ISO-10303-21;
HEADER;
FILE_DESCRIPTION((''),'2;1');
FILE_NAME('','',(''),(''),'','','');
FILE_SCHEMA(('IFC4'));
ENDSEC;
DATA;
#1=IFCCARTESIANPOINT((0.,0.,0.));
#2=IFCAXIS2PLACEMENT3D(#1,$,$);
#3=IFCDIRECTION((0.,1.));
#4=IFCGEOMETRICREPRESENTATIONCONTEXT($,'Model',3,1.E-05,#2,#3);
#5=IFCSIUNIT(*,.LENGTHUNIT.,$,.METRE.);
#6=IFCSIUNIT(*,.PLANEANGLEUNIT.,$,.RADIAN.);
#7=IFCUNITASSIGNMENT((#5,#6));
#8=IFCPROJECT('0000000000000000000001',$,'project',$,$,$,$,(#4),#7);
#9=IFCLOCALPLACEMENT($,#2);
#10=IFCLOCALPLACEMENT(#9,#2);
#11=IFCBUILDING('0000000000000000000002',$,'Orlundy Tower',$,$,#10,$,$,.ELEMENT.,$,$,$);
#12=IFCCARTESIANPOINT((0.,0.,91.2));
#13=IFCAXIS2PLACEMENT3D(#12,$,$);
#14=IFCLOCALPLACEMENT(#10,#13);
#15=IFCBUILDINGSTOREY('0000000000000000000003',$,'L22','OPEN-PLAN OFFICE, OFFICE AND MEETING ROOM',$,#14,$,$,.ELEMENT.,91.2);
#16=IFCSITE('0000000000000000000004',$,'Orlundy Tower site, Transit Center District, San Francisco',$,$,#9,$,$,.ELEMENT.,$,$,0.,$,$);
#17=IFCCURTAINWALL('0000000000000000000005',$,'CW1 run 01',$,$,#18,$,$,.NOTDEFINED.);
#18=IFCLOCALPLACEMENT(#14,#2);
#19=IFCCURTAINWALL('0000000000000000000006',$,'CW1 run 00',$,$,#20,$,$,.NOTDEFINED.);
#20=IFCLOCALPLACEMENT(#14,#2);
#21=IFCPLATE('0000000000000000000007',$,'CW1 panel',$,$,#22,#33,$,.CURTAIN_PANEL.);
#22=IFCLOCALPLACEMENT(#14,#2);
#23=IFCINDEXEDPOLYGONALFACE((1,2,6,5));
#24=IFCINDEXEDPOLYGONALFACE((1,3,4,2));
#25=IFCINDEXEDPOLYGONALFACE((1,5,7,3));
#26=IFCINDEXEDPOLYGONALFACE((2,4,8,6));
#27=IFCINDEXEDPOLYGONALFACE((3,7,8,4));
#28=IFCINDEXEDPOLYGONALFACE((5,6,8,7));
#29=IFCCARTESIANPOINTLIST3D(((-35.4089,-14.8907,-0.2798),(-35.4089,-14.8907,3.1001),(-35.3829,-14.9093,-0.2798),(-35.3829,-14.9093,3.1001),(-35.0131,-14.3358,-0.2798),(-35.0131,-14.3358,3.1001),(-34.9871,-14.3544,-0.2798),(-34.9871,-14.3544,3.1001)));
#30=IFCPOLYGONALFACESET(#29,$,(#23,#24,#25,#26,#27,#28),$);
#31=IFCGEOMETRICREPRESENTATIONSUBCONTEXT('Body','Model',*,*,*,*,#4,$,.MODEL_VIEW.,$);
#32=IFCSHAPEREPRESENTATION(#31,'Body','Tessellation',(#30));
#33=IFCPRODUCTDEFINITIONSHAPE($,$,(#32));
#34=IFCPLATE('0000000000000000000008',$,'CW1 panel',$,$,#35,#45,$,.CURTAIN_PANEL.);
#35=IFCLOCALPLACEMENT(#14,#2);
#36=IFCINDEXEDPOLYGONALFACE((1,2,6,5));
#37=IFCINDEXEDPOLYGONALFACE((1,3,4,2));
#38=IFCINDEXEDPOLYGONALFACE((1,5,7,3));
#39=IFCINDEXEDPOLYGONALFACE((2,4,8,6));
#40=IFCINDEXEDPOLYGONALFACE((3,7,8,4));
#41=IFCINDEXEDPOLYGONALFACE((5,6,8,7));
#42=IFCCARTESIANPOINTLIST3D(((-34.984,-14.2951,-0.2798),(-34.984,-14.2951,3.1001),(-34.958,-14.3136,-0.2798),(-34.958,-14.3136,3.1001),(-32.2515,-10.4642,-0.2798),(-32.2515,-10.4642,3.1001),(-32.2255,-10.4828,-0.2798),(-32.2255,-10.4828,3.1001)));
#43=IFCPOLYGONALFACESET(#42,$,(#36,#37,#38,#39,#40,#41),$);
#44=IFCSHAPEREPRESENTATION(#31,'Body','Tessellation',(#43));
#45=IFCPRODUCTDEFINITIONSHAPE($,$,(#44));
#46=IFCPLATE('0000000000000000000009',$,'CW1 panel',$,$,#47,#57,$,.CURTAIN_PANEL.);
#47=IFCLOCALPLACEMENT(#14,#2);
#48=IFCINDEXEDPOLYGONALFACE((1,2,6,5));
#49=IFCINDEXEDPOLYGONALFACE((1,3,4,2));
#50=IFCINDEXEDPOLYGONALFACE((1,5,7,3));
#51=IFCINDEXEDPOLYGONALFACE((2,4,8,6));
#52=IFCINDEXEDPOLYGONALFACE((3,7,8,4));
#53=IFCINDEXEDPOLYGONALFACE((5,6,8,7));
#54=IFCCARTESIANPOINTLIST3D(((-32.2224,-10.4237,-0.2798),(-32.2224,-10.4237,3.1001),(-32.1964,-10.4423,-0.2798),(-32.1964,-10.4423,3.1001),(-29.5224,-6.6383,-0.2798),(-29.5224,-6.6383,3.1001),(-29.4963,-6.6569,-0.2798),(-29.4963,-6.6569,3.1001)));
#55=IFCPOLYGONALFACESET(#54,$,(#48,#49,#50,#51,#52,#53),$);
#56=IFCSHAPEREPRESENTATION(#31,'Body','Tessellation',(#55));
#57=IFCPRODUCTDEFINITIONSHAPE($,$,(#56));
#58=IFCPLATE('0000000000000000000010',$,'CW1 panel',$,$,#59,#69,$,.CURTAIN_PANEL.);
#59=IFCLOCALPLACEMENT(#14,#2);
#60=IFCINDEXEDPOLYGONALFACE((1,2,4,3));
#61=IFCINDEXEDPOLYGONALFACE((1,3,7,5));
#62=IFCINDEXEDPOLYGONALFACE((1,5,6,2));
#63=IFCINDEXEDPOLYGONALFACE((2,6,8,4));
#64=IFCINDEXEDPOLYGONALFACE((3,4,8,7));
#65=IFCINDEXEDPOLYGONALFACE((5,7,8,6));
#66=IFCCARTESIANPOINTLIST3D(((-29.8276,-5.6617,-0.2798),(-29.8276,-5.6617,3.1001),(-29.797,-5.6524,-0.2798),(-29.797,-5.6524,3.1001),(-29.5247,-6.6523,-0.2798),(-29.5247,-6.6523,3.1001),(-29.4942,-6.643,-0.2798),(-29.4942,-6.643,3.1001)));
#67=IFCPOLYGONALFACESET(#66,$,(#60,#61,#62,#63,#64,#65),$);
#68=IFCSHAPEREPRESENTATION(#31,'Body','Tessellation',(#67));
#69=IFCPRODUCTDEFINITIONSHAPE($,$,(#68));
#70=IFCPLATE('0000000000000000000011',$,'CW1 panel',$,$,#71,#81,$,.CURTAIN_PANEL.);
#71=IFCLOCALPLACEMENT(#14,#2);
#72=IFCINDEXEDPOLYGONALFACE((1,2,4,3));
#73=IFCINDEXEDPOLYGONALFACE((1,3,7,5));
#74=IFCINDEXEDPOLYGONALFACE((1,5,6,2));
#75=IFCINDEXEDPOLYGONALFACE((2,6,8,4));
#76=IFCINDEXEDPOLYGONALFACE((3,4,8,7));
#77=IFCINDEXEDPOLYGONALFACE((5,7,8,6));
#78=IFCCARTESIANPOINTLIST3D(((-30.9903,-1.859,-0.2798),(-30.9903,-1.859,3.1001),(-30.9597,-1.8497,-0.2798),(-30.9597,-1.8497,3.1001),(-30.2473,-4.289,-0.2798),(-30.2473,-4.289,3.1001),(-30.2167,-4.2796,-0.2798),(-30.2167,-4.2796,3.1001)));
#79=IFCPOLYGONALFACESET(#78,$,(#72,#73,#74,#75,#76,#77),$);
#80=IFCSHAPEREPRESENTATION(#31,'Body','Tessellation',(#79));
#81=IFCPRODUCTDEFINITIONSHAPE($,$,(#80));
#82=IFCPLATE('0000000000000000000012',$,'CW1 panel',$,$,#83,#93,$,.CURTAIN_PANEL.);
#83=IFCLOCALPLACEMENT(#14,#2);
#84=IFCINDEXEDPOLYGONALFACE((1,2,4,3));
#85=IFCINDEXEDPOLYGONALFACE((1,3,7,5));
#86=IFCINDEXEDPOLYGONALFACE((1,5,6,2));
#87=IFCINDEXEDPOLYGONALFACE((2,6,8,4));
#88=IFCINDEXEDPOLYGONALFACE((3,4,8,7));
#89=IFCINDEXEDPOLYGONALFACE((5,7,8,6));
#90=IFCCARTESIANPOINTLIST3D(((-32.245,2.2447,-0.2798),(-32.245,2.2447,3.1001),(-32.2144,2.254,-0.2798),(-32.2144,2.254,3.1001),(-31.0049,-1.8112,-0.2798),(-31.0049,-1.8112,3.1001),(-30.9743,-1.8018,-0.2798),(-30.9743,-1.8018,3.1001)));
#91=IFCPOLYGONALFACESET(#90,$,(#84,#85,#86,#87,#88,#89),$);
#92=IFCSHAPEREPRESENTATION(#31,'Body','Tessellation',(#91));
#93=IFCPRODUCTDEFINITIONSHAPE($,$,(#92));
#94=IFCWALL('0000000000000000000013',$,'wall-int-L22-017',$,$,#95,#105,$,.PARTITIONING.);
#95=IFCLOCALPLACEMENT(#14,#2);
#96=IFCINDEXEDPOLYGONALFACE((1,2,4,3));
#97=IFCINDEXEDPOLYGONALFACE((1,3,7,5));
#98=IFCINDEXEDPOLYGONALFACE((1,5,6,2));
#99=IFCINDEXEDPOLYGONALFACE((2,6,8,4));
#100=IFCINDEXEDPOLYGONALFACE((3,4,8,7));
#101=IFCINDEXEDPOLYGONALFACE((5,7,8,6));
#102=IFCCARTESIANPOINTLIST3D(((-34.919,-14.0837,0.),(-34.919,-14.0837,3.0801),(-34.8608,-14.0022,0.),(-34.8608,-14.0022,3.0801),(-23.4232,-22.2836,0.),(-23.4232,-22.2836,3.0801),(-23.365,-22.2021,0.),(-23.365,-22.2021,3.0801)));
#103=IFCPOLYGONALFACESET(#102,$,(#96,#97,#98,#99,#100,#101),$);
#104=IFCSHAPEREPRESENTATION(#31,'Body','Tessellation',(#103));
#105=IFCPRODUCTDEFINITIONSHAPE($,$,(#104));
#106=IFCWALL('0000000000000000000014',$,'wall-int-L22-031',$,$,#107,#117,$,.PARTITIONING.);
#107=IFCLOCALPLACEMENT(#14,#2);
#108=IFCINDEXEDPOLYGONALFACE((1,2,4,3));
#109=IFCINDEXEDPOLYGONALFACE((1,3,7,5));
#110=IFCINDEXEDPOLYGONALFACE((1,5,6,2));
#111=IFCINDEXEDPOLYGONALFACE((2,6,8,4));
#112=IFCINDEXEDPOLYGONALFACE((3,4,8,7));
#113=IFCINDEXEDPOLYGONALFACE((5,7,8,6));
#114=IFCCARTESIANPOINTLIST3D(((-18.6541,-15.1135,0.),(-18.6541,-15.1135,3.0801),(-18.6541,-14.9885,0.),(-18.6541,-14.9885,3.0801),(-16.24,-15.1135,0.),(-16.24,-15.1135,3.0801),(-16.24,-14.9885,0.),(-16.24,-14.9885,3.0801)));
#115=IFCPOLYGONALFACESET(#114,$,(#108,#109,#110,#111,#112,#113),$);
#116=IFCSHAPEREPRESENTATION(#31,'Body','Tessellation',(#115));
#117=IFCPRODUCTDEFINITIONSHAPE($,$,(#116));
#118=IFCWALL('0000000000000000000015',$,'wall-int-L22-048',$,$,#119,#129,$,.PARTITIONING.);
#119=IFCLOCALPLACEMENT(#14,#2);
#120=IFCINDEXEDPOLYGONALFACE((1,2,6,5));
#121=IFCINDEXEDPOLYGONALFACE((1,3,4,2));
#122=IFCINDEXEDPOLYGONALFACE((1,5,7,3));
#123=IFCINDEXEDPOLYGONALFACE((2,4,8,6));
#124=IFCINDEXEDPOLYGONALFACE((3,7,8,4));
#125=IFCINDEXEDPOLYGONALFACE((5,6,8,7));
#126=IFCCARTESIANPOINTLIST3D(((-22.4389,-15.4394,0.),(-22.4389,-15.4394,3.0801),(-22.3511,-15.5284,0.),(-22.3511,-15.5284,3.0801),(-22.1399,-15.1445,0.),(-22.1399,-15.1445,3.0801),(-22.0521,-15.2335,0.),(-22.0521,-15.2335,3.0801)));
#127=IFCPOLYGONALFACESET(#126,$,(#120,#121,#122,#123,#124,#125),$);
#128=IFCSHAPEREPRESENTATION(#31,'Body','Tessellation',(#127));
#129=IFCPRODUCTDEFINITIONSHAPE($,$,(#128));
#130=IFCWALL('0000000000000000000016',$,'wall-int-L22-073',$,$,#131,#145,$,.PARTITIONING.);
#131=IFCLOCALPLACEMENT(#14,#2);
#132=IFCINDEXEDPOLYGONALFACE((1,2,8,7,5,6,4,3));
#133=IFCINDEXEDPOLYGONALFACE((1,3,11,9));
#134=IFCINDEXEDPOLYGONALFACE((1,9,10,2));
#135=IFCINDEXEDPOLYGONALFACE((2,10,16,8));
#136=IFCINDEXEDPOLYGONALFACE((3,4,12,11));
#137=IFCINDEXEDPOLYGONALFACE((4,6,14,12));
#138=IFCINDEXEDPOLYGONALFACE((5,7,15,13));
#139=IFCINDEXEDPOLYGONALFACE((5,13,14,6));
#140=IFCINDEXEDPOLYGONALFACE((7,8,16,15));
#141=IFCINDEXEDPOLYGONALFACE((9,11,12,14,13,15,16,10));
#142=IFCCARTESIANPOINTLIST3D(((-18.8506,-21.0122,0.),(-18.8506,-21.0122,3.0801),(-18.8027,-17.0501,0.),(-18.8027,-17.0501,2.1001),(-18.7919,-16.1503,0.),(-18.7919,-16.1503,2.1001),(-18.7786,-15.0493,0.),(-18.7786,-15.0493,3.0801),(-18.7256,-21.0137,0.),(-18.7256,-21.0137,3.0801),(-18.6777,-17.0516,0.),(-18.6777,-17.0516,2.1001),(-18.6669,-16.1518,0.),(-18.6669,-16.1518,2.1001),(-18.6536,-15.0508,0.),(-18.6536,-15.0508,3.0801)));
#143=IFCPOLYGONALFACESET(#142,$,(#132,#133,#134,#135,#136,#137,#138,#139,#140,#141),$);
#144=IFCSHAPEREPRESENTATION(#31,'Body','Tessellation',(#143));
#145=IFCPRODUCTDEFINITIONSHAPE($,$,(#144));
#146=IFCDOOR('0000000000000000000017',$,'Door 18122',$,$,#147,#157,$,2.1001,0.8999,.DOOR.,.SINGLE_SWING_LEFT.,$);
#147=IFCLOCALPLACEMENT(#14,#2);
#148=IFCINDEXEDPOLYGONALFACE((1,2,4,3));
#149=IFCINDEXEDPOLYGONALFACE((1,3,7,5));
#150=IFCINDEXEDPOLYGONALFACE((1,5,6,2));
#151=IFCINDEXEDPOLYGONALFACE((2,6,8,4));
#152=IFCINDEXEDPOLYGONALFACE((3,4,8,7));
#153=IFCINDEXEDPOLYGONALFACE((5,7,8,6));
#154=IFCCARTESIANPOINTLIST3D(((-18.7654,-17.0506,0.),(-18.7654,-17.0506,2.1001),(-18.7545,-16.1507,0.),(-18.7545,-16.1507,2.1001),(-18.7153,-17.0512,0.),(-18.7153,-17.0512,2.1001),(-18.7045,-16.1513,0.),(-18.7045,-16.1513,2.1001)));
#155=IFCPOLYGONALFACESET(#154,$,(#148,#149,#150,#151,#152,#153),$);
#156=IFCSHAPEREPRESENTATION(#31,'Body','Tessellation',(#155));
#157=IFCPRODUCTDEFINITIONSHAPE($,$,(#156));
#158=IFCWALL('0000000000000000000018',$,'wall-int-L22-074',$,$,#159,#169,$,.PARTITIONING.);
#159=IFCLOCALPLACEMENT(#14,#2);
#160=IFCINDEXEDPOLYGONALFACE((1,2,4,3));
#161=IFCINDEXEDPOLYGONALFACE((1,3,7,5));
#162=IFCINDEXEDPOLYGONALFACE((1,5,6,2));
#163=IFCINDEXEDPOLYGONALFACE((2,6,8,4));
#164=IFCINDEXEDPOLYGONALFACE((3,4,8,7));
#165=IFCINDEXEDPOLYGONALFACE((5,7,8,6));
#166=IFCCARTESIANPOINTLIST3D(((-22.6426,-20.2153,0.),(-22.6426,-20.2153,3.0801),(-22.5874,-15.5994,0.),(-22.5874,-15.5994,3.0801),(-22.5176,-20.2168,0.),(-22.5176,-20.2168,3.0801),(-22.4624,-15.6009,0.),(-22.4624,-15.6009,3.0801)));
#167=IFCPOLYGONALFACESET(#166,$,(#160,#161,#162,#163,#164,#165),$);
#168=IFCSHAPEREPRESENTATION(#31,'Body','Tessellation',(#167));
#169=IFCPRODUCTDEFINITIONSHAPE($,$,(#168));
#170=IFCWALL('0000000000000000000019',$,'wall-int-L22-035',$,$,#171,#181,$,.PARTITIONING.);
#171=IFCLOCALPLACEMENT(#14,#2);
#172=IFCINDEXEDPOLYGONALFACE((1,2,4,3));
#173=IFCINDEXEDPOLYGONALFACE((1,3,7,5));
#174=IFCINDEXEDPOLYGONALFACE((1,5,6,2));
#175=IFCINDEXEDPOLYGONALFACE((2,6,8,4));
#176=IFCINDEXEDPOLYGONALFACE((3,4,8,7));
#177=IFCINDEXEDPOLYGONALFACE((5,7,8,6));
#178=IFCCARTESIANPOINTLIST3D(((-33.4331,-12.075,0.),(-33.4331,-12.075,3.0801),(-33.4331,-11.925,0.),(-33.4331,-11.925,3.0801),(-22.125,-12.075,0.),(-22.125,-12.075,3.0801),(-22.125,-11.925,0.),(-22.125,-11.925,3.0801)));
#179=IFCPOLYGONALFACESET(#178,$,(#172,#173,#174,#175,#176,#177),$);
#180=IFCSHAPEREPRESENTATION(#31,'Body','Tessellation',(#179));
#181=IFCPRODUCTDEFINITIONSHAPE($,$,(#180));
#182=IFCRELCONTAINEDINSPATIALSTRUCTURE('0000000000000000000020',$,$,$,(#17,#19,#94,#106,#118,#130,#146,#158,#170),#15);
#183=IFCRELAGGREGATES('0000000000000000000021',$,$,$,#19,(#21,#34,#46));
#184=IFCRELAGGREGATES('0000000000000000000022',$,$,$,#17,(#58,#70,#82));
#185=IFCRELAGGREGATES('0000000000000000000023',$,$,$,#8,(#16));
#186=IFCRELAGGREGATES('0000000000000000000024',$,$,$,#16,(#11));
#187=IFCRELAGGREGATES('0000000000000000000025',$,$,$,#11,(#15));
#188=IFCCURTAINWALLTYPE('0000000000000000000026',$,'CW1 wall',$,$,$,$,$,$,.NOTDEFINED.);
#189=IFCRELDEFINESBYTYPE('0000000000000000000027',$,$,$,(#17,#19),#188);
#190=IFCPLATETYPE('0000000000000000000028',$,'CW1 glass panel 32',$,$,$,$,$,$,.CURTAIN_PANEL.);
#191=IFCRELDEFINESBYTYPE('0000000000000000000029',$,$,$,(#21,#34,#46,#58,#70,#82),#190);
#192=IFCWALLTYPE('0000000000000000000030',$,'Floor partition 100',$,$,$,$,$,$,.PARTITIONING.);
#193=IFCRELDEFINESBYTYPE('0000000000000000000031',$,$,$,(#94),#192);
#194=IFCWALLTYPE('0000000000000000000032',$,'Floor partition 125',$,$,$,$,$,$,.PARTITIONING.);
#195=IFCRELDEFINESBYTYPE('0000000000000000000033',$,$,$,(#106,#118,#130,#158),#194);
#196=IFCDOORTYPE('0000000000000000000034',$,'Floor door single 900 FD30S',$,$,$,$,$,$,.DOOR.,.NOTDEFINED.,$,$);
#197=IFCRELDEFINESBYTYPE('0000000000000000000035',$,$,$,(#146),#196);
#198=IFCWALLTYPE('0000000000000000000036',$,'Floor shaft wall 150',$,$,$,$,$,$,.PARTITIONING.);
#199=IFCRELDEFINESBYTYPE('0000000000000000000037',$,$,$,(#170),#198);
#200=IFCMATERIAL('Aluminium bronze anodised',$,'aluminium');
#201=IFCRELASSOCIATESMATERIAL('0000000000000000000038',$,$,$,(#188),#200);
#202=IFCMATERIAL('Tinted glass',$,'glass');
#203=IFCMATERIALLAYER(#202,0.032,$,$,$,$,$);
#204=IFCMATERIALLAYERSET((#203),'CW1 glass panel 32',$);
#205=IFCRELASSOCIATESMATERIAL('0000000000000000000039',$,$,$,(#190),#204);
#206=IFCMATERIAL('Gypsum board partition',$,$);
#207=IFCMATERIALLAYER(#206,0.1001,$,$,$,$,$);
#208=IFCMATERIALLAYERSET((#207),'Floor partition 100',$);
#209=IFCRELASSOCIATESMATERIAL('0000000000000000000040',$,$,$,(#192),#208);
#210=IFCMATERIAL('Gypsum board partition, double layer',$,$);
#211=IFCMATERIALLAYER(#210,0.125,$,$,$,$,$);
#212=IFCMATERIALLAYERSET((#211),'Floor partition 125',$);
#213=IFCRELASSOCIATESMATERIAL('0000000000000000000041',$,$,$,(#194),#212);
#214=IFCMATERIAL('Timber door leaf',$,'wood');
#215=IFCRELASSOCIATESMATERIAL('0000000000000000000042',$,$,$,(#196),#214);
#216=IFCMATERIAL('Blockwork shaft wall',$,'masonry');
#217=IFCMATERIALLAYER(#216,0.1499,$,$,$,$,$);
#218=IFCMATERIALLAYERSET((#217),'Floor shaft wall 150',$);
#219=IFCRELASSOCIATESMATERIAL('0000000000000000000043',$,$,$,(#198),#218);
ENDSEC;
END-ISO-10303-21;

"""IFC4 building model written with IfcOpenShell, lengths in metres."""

from ifc_helpers import new_model, si_unit, direction, frame, frame_2d, origin, origin_2d, place, context, subcontext, project, spatial, rectangle, extrude, material, layer, layer_set, type_object, element, fill, aggregate, save


model = new_model("IFC4")

# Units and contexts
model_context = context("Model", 3, precision=1e-05, world=origin(), true_north=direction((0.0, 1.0)))
body_context = subcontext(model_context, "Body", "Model", "MODEL_VIEW")
ifc_project = project(units=[si_unit("LENGTHUNIT", "METRE"), si_unit("PLANEANGLEUNIT", "RADIAN")], contexts=[model_context])

# Site, building, storey
site_placement = place(None, origin())
site = spatial("IfcSite", under=ifc_project, at=site_placement, Name="Orlundy Tower site, Transit Center District, San Francisco", CompositionType="ELEMENT", RefElevation=0.0)
building_placement = place(site_placement, origin())
building = spatial("IfcBuilding", under=site, at=building_placement, Name="Orlundy Tower", CompositionType="ELEMENT")
storey_placement = place(building_placement, frame((0.0, 0.0, 91.2)))
storey = spatial("IfcBuildingStorey", under=building, at=storey_placement, Name="L22", Description="OPEN-PLAN OFFICE, OFFICE AND MEETING ROOM", CompositionType="ELEMENT", Elevation=91.2)

# Curtain wall
ifc_material_1 = material(Name="Aluminium bronze anodised", Category="aluminium")
curtain_wall_type = type_object("IfcCurtainWallType", Name="CW1 wall", PredefinedType="NOTDEFINED", material=ifc_material_1)
curtain_wall_1_placement = place(storey_placement, origin())
curtain_wall_1 = element("IfcCurtainWall", 1, at=curtain_wall_1_placement, inside=storey, type_object=curtain_wall_type, Name="CW1 run 01", PredefinedType="NOTDEFINED")

# Curtain wall
curtain_wall_2_placement = place(storey_placement, origin())
curtain_wall_2 = element("IfcCurtainWall", 2, at=curtain_wall_2_placement, inside=storey, type_object=curtain_wall_type, Name="CW1 run 00", PredefinedType="NOTDEFINED")

# Plates
ifc_material_2 = material(Name="Tinted glass", Category="glass")
ifc_layer_1 = layer(ifc_material_2, 0.032)
ifc_layer_set_1 = layer_set([ifc_layer_1], Name="CW1 glass panel 32")
plate_type = type_object("IfcPlateType", Name="CW1 glass panel 32", PredefinedType="CURTAIN_PANEL", material=ifc_layer_set_1)
plate_1_placement = place(storey_placement, frame((-35.198, -14.6226, -0.2798), z_axis=(0.0, 0.0, 1.0), x_axis=(0.580701, 0.814117, 0.0)))
plate_1 = element("IfcPlate", 3, at=plate_1_placement, type_object=plate_type, Name="CW1 panel", PredefinedType="CURTAIN_PANEL", context=body_context, shape_type="SweptSolid", body=[
    extrude(rectangle(XDim=0.6816, YDim=0.032, at=origin_2d()), origin(), (0.0, 0.0, 1.0), 3.3799),
])
plate_2_placement = place(storey_placement, frame((-33.6047, -12.3889, -0.2798), z_axis=(0.0, 0.0, 1.0), x_axis=(0.580701, 0.814117, 0.0)))
plate_2 = element("IfcPlate", 4, at=plate_2_placement, type_object=plate_type, Name="CW1 panel", PredefinedType="CURTAIN_PANEL", context=body_context, shape_type="SweptSolid", body=[
    extrude(rectangle(XDim=4.7056, YDim=0.032, at=origin_2d()), origin(), (0.0, 0.0, 1.0), 3.3799),
])
plate_3_placement = place(storey_placement, frame((-30.8594, -8.5403, -0.2798), z_axis=(0.0, 0.0, 1.0), x_axis=(0.580701, 0.814117, 0.0)))
plate_3 = element("IfcPlate", 5, at=plate_3_placement, type_object=plate_type, Name="CW1 panel", PredefinedType="CURTAIN_PANEL", context=body_context, shape_type="SweptSolid", body=[
    extrude(rectangle(XDim=4.6497, YDim=0.032, at=origin_2d()), origin(), (0.0, 0.0, 1.0), 3.3799),
])
aggregate(curtain_wall_2, [plate_1, plate_2, plate_3])
plate_4_placement = place(storey_placement, frame((-29.6609, -6.1523, -0.2798), z_axis=(0.0, 0.0, 1.0), x_axis=(-0.29239, 0.956299, 0.0)))
plate_4 = element("IfcPlate", 6, at=plate_4_placement, type_object=plate_type, Name="CW1 panel", PredefinedType="CURTAIN_PANEL", context=body_context, shape_type="SweptSolid", body=[
    extrude(rectangle(XDim=1.0359, YDim=0.032, at=origin_2d()), origin(), (0.0, 0.0, 1.0), 3.3799),
])
plate_5_placement = place(storey_placement, frame((-30.6035, -3.0693, -0.2798), z_axis=(0.0, 0.0, 1.0), x_axis=(-0.29239, 0.956299, 0.0)))
plate_5 = element("IfcPlate", 7, at=plate_5_placement, type_object=plate_type, Name="CW1 panel", PredefinedType="CURTAIN_PANEL", context=body_context, shape_type="SweptSolid", body=[
    extrude(rectangle(XDim=2.541, YDim=0.032, at=origin_2d()), origin(), (0.0, 0.0, 1.0), 3.3799),
])
plate_6_placement = place(storey_placement, frame((-31.6096, 0.2214, -0.2798), z_axis=(0.0, 0.0, 1.0), x_axis=(-0.29239, 0.956299, 0.0)))
plate_6 = element("IfcPlate", 8, at=plate_6_placement, type_object=plate_type, Name="CW1 panel", PredefinedType="CURTAIN_PANEL", context=body_context, shape_type="SweptSolid", body=[
    extrude(rectangle(XDim=4.2412, YDim=0.032, at=origin_2d()), origin(), (0.0, 0.0, 1.0), 3.3799),
])
aggregate(curtain_wall_1, [plate_4, plate_5, plate_6])

# Walls
ifc_material_3 = material(Name="Gypsum board partition")
ifc_layer_2 = layer(ifc_material_3, 0.1001)
ifc_layer_set_2 = layer_set([ifc_layer_2], Name="Floor partition 100")
wall_type_1 = type_object("IfcWallType", Name="Floor partition 100", PredefinedType="PARTITIONING", material=ifc_layer_set_2)
wall_1_placement = place(storey_placement, frame((-34.8899, -14.043, 0.0), z_axis=(0.0, 0.0, 1.0), x_axis=(0.814114, -0.580705, 0.0)))
element("IfcWall", 9, at=wall_1_placement, inside=storey, type_object=wall_type_1, Name="wall-int-L22-017", PredefinedType="PARTITIONING", context=body_context, shape_type="SweptSolid", body=[
    extrude(rectangle(XDim=14.1206, YDim=0.1001, at=frame_2d((7.0603, 0.0))), origin(), (0.0, 0.0, 1.0), 3.0801),
])
ifc_material_4 = material(Name="Gypsum board partition, double layer")
ifc_layer_3 = layer(ifc_material_4, 0.125)
ifc_layer_set_3 = layer_set([ifc_layer_3], Name="Floor partition 125")
wall_type_2 = type_object("IfcWallType", Name="Floor partition 125", PredefinedType="PARTITIONING", material=ifc_layer_set_3)
wall_2_placement = place(storey_placement, frame((-18.6541, -15.051, 0.0), z_axis=(0.0, 0.0, 1.0), x_axis=(1.0, 0.0, 0.0)))
element("IfcWall", 10, at=wall_2_placement, inside=storey, type_object=wall_type_2, Name="wall-int-L22-031", PredefinedType="PARTITIONING", context=body_context, shape_type="SweptSolid", body=[
    extrude(rectangle(XDim=2.4141, YDim=0.125, at=frame_2d((1.207, 0.0))), origin(), (0.0, 0.0, 1.0), 3.0801),
])
wall_3_placement = place(storey_placement, frame((-22.395, -15.4839, 0.0), z_axis=(0.0, 0.0, 1.0), x_axis=(0.71203, 0.702149, 0.0)))
element("IfcWall", 11, at=wall_3_placement, inside=storey, type_object=wall_type_2, Name="wall-int-L22-048", PredefinedType="PARTITIONING", context=body_context, shape_type="SweptSolid", body=[
    extrude(rectangle(XDim=0.4199, YDim=0.125, at=frame_2d((0.21, 0.0))), origin(), (0.0, 0.0, 1.0), 3.0801),
])

# Wall, opening, door
wall_4_placement = place(storey_placement, frame((-18.7161, -15.05, 0.0), z_axis=(0.0, 0.0, 1.0), x_axis=(-0.012077, -0.999927, 0.0)))
wall_4 = element("IfcWall", 12, at=wall_4_placement, inside=storey, type_object=wall_type_2, Name="wall-int-L22-073", PredefinedType="PARTITIONING", context=body_context, shape_type="SweptSolid", body=[
    extrude(rectangle(XDim=5.9634, YDim=0.125, at=frame_2d((2.9817, 0.0))), origin(), (0.0, 0.0, 1.0), 3.0801),
])
opening_1_placement = place(wall_4_placement, frame((1.1011, 0.0, 0.0)))
opening_1 = element("IfcOpeningElement", 13, at=opening_1_placement, cuts=wall_4, PredefinedType="OPENING", context=body_context, shape_type="SweptSolid", body=[
    extrude(rectangle(XDim=0.8999, YDim=2.1001, at=frame_2d((0.45, 1.05))), frame((0.0, 0.0725, 0.0), z_axis=(0.0, -1.0, 0.0), x_axis=(1.0, 0.0, 0.0)), (0.0, 0.0, 1.0), 0.145),
])
ifc_material_5 = material(Name="Timber door leaf", Category="wood")
door_type_1 = type_object("IfcDoorType", Name="Floor door single 900 FD30S", OperationType="NOTDEFINED", PredefinedType="DOOR", material=ifc_material_5)
door_1_placement = place(opening_1_placement, origin())
door_1 = element("IfcDoor", 14, at=door_1_placement, inside=storey, type_object=door_type_1, Name="Door 18122", OperationType="SINGLE_SWING_LEFT", OverallHeight=2.1001, OverallWidth=0.8999, PredefinedType="DOOR", context=body_context, shape_type="SweptSolid", body=[
    extrude(rectangle(XDim=0.8999, YDim=2.1001, at=frame_2d((0.45, 1.05))), frame((0.0, 0.0249, 0.0), z_axis=(0.0, -1.0, 0.0), x_axis=(1.0, 0.0, 0.0)), (0.0, 0.0, 1.0), 0.05),
])
fill(opening_1, door_1)

# Walls
wall_5_placement = place(storey_placement, frame((-22.5801, -20.2161, 0.0), z_axis=(0.0, 0.0, 1.0), x_axis=(0.011952, 0.999929, 0.0)))
element("IfcWall", 15, at=wall_5_placement, inside=storey, type_object=wall_type_2, Name="wall-int-L22-074", PredefinedType="PARTITIONING", context=body_context, shape_type="SweptSolid", body=[
    extrude(rectangle(XDim=4.6162, YDim=0.125, at=frame_2d((2.3081, 0.0))), origin(), (0.0, 0.0, 1.0), 3.0801),
])
ifc_material_6 = material(Name="Blockwork shaft wall", Category="masonry")
ifc_layer_4 = layer(ifc_material_6, 0.1499)
ifc_layer_set_4 = layer_set([ifc_layer_4], Name="Floor shaft wall 150")
wall_type_3 = type_object("IfcWallType", Name="Floor shaft wall 150", PredefinedType="PARTITIONING", material=ifc_layer_set_4)
wall_6_placement = place(storey_placement, frame((-33.4331, -12.0, 0.0), z_axis=(0.0, 0.0, 1.0), x_axis=(1.0, 0.0, 0.0)))
element("IfcWall", 16, at=wall_6_placement, inside=storey, type_object=wall_type_3, Name="wall-int-L22-035", PredefinedType="PARTITIONING", context=body_context, shape_type="SweptSolid", body=[
    extrude(rectangle(XDim=11.3081, YDim=0.1499, at=frame_2d((5.6541, 0.0))), origin(), (0.0, 0.0, 1.0), 3.0801),
])

save(model, "model.ifc")
